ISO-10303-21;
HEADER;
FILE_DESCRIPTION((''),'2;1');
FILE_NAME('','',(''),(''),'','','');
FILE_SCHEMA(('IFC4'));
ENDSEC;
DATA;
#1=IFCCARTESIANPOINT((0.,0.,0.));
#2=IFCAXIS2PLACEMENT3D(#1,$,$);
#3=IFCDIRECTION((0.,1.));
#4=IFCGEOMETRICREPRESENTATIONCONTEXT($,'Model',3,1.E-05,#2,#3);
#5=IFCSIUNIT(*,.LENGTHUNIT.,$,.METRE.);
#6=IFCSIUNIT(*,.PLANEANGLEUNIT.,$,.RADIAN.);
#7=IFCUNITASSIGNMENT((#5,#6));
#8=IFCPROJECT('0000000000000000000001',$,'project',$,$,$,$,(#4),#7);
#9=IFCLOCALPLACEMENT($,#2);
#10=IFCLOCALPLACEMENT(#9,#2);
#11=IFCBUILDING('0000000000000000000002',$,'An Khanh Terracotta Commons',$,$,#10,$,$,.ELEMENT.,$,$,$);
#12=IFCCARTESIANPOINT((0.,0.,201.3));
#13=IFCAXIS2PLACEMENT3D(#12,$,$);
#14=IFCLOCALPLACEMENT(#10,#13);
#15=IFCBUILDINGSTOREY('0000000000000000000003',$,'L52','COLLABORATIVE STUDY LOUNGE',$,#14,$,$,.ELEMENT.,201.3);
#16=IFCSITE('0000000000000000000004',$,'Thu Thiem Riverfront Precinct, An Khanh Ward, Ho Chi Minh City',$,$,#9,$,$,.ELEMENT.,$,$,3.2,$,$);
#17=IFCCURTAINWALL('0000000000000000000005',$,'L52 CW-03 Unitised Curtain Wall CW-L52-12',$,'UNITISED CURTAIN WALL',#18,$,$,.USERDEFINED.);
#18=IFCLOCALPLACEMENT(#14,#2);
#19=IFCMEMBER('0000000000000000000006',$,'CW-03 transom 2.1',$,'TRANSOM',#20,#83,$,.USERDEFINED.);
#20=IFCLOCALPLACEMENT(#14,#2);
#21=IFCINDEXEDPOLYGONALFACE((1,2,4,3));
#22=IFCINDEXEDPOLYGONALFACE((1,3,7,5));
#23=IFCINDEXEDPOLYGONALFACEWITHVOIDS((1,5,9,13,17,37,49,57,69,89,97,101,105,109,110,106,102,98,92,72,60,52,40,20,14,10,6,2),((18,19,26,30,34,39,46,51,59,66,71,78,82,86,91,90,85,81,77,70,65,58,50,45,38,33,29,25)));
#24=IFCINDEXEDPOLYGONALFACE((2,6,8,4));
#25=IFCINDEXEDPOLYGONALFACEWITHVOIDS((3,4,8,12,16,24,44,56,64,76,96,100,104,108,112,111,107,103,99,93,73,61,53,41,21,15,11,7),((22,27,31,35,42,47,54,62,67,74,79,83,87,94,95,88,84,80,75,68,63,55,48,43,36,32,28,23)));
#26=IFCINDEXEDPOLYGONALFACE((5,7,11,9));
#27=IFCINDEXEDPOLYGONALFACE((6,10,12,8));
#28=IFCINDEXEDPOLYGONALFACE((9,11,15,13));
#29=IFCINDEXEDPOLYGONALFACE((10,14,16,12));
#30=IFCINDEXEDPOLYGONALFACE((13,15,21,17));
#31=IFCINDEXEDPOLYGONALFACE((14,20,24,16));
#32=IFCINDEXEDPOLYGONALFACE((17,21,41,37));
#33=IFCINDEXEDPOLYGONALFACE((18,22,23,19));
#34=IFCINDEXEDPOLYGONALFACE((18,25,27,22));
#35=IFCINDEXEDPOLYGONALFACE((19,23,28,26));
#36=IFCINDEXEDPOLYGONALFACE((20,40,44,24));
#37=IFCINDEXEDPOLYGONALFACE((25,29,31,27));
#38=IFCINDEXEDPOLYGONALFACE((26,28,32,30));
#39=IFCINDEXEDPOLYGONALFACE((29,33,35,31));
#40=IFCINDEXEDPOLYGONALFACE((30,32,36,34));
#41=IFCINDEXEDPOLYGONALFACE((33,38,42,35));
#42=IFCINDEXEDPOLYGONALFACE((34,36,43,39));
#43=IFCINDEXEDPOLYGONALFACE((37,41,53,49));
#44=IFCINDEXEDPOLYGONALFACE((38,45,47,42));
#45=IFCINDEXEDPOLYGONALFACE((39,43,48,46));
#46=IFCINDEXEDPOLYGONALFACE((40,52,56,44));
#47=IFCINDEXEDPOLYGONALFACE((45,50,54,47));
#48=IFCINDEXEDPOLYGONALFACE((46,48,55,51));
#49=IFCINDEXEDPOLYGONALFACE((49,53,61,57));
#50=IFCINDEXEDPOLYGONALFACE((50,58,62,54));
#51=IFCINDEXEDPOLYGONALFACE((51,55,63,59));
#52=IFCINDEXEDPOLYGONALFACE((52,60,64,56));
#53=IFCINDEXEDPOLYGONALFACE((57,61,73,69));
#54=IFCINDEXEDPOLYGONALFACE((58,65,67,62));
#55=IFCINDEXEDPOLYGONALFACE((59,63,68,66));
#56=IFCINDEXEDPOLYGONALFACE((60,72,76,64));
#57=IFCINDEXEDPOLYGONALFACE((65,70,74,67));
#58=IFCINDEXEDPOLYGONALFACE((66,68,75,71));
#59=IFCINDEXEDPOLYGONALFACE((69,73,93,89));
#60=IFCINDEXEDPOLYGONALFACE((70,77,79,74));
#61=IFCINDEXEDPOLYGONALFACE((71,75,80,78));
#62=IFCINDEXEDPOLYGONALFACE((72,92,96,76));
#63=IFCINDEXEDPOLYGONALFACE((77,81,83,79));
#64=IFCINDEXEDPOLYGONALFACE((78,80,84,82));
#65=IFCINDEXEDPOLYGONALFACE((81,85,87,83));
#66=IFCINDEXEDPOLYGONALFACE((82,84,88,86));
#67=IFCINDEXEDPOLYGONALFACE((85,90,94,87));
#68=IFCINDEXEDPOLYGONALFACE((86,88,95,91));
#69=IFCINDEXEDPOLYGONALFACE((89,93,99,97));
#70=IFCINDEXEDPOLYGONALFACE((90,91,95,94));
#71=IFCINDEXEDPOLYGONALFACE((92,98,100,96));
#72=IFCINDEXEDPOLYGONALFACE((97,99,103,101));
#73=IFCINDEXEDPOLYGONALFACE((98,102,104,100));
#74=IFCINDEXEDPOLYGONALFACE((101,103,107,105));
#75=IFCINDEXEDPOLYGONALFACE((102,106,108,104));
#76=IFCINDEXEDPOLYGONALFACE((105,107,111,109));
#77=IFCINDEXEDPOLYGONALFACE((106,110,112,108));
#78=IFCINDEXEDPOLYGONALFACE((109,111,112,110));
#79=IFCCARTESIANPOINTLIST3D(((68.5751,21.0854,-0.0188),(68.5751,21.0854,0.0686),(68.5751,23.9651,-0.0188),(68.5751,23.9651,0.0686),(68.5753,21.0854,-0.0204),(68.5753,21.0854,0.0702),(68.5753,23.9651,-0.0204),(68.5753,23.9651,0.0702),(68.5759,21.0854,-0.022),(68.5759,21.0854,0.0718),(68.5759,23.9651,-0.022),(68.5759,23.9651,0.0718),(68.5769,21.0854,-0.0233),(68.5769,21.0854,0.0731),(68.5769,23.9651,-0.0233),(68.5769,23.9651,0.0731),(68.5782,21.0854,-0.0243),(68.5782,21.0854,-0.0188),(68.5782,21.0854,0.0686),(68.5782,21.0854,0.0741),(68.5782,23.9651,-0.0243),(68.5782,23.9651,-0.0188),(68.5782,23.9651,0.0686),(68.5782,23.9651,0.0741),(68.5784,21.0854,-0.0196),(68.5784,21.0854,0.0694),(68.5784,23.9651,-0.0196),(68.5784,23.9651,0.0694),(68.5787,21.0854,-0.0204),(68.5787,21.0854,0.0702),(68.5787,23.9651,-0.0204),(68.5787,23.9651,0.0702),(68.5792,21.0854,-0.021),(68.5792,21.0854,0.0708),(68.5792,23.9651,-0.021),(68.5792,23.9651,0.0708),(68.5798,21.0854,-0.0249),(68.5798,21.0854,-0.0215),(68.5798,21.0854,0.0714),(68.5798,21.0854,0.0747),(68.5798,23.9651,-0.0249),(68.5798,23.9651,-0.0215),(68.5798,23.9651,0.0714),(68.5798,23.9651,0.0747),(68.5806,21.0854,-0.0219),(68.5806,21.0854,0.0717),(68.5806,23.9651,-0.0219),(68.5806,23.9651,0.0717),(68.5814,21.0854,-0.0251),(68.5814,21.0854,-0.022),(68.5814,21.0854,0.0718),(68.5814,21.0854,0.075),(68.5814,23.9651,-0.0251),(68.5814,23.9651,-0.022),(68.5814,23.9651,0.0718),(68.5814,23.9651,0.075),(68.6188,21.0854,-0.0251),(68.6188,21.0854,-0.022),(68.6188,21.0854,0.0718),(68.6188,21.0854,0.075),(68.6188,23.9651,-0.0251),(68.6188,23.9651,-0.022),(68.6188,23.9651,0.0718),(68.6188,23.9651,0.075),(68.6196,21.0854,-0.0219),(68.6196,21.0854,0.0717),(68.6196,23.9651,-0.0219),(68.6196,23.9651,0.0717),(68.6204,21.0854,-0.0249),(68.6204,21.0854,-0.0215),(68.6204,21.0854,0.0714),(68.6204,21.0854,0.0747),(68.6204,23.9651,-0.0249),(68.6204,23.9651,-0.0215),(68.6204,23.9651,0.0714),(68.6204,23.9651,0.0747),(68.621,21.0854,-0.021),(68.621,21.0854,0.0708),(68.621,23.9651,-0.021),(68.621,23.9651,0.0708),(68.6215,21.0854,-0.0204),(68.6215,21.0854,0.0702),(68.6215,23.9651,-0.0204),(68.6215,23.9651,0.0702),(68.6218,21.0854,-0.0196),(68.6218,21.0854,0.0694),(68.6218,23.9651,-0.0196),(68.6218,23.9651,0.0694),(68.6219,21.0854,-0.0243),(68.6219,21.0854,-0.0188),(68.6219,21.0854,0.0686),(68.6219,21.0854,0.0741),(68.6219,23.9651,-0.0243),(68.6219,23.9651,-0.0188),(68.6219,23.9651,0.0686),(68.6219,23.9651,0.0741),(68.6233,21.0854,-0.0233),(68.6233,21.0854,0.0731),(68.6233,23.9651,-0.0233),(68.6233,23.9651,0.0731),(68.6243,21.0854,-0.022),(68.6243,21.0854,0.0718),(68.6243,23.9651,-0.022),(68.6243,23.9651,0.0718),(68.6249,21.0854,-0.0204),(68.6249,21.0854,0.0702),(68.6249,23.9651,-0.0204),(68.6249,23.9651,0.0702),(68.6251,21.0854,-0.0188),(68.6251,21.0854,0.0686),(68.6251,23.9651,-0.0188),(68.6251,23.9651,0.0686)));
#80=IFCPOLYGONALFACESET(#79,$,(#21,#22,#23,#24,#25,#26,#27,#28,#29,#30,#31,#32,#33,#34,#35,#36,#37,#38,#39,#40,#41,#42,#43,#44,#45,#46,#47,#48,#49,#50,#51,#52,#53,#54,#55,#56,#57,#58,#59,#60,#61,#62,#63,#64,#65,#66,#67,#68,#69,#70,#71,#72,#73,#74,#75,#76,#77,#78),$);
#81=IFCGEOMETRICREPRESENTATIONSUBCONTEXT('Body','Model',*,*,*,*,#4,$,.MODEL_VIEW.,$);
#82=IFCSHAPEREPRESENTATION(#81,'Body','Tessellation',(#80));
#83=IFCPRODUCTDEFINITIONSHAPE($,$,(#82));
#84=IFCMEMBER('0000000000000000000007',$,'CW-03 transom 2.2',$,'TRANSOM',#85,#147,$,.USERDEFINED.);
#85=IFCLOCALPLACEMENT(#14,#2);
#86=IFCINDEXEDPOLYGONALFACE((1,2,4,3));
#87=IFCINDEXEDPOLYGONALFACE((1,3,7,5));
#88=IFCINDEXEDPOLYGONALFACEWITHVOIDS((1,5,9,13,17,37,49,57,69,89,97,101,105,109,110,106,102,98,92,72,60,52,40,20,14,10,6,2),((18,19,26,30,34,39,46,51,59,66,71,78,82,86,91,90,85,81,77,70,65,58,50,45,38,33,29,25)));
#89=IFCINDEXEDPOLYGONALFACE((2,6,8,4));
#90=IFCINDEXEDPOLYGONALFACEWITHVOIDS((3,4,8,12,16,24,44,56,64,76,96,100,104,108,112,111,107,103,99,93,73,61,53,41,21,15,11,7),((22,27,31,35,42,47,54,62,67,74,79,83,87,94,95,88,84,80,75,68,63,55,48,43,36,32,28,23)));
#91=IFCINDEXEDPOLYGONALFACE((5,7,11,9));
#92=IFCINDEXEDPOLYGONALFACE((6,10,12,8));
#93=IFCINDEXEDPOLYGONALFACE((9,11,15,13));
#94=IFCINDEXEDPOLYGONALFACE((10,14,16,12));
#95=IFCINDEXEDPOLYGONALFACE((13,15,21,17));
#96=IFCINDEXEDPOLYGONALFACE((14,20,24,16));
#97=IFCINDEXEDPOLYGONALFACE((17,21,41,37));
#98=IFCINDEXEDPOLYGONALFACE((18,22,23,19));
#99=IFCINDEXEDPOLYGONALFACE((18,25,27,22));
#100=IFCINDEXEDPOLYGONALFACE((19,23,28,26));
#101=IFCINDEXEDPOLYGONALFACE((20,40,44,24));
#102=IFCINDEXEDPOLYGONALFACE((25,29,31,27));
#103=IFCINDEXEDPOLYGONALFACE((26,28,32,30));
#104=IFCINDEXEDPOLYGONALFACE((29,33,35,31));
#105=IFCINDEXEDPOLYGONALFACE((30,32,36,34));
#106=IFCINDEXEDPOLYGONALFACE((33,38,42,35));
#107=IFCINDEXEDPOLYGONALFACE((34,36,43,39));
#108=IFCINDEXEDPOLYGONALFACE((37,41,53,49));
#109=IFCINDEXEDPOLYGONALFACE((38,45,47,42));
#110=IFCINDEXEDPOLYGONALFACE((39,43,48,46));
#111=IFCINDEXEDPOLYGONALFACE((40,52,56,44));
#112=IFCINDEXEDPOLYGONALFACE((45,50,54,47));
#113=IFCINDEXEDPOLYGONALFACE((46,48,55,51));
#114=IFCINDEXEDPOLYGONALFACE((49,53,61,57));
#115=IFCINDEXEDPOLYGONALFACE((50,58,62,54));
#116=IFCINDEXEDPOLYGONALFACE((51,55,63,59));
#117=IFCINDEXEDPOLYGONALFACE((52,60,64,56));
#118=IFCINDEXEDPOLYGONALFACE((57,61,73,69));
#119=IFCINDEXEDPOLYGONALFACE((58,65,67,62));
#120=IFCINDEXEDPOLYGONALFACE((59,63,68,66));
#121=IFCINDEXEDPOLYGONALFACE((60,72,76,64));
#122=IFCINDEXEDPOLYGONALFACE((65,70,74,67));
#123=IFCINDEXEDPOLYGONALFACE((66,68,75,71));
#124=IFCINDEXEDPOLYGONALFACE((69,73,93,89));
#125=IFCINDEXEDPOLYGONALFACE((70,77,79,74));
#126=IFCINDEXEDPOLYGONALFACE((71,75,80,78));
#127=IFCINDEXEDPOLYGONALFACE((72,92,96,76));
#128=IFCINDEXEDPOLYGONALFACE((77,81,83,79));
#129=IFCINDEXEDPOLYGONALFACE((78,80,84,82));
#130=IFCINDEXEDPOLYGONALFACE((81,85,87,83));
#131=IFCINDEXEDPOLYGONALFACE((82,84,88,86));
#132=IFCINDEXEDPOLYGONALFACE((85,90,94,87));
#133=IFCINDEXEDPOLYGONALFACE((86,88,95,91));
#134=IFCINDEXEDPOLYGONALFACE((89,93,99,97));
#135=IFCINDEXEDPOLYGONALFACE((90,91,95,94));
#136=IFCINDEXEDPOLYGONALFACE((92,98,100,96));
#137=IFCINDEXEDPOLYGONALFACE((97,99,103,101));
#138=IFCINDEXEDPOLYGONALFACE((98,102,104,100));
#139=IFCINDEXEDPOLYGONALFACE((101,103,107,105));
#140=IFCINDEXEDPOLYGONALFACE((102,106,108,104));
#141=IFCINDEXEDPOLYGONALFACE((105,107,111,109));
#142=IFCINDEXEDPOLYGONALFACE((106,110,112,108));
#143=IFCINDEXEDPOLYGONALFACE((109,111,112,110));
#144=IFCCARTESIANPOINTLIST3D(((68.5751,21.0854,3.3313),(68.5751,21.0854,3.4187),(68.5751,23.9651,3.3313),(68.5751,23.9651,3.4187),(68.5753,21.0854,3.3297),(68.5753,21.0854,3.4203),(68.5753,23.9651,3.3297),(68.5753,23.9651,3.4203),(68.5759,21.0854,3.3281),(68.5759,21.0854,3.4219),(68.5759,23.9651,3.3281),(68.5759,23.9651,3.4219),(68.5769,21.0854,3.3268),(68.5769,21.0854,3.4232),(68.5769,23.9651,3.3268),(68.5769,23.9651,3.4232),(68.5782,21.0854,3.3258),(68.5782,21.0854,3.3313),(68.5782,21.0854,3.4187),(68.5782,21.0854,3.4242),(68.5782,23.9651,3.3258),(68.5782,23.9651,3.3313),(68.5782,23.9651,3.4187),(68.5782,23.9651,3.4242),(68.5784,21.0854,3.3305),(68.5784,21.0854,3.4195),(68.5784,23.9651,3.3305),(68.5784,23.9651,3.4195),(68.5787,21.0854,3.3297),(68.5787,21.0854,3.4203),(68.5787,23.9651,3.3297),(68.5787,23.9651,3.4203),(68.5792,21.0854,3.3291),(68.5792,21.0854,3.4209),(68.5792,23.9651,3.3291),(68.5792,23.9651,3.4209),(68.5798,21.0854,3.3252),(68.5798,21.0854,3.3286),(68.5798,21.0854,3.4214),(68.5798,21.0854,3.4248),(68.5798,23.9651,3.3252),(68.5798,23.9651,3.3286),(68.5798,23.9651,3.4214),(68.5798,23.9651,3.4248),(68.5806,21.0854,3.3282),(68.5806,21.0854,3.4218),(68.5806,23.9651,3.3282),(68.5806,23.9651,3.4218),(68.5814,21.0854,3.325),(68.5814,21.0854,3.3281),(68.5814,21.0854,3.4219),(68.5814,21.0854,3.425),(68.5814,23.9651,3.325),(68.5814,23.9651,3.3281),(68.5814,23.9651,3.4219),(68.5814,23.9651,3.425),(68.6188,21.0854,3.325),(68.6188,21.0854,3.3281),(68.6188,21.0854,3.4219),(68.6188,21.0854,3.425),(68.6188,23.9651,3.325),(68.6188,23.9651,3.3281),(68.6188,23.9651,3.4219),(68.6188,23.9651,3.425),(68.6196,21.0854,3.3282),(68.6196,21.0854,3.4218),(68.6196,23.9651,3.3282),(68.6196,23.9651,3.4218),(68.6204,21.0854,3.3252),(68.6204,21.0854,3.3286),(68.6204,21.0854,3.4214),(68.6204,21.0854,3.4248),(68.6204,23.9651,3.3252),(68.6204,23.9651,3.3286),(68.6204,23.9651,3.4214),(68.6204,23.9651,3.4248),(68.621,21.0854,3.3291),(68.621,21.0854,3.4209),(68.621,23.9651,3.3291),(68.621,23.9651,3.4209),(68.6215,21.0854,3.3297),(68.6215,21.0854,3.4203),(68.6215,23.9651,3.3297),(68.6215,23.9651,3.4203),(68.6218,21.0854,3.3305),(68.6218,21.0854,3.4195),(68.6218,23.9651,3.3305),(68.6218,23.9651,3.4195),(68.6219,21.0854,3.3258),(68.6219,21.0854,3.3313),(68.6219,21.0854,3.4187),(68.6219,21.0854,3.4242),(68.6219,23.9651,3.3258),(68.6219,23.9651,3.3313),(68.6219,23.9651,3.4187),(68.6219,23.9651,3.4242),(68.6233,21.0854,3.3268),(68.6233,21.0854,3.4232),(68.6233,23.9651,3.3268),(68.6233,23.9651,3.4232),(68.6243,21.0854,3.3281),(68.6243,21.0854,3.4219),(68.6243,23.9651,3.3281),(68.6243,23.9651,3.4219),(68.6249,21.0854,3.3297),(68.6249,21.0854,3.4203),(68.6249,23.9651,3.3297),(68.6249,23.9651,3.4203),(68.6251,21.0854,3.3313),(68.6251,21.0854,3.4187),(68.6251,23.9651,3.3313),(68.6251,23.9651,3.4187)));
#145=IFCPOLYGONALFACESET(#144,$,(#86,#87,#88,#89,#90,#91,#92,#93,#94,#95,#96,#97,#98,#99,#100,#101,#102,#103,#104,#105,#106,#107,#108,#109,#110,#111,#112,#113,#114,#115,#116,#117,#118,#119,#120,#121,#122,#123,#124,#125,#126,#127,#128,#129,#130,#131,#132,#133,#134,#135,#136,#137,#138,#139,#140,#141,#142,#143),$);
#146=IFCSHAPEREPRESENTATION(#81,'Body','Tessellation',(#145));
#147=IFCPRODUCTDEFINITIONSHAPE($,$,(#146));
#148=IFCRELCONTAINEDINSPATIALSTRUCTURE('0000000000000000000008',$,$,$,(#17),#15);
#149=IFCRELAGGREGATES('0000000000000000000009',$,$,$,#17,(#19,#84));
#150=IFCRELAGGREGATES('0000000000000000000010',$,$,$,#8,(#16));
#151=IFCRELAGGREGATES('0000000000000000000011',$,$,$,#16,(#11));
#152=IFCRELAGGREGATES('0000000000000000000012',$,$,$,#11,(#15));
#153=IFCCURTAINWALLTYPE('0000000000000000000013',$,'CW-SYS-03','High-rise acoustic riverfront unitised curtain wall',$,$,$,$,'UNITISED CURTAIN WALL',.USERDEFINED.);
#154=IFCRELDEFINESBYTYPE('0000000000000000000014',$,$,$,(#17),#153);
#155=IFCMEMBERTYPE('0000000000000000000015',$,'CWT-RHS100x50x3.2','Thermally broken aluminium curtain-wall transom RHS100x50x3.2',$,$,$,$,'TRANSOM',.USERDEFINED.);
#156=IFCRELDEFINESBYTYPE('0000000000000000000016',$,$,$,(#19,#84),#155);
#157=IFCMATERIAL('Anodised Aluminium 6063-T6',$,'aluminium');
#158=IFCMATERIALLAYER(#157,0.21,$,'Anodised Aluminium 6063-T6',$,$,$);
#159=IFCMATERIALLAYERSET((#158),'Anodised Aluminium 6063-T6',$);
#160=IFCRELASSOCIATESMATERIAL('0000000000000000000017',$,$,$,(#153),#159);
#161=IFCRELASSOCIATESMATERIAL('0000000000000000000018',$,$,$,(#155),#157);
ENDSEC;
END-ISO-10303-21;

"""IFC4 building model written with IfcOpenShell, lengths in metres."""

from ifc_helpers import new_model, si_unit, direction, frame, origin, origin_2d, place, context, subcontext, project, spatial, hollow_rectangle, extrude, material, layer, layer_set, material_profile, profile_set, type_object, element, aggregate, save


model = new_model("IFC4")

# Units and contexts
model_context = context("Model", 3, precision=1e-05, world=origin(), true_north=direction((0.0, 1.0)))
body_context = subcontext(model_context, "Body", "Model", "MODEL_VIEW")
ifc_project = project(units=[si_unit("LENGTHUNIT", "METRE"), si_unit("PLANEANGLEUNIT", "RADIAN")], contexts=[model_context])

# Site, building, storey
site_placement = place(None, origin())
site = spatial("IfcSite", under=ifc_project, at=site_placement, Name="Thu Thiem Riverfront Precinct, An Khanh Ward, Ho Chi Minh City", CompositionType="ELEMENT", RefElevation=3.2)
building_placement = place(site_placement, origin())
building = spatial("IfcBuilding", under=site, at=building_placement, Name="An Khanh Terracotta Commons", CompositionType="ELEMENT")
storey_placement = place(building_placement, frame((0.0, 0.0, 201.3)))
storey = spatial("IfcBuildingStorey", under=building, at=storey_placement, Name="L52", Description="COLLABORATIVE STUDY LOUNGE", CompositionType="ELEMENT", Elevation=201.3)

# Curtain wall
ifc_material_1 = material(Name="Anodised Aluminium 6063-T6", Category="aluminium")
ifc_layer_1 = layer(ifc_material_1, 0.21, Name="Anodised Aluminium 6063-T6")
ifc_layer_set_1 = layer_set([ifc_layer_1], Name="Anodised Aluminium 6063-T6")
curtain_wall_type = type_object("IfcCurtainWallType", Name="CW-SYS-03", Description="High-rise acoustic riverfront unitised curtain wall", ElementType="UNITISED CURTAIN WALL", PredefinedType="USERDEFINED", material=ifc_layer_set_1)
curtain_wall_1_placement = place(storey_placement, origin())
curtain_wall_1 = element("IfcCurtainWall", 1, at=curtain_wall_1_placement, inside=storey, type_object=curtain_wall_type, Name="L52 CW-03 Unitised Curtain Wall CW-L52-12", ObjectType="UNITISED CURTAIN WALL", PredefinedType="USERDEFINED")

# Members
ifc_material_profile_1 = material_profile(ifc_material_1, hollow_rectangle(XDim=0.05, YDim=0.1001, WallThickness=0.0032, InnerFilletRadius=0.0032, OuterFilletRadius=0.0063, at=origin_2d()), Name="RHS100x50x3.2")
ifc_profile_set_1 = profile_set([ifc_material_profile_1], Name="Anodised Aluminium 6063-T6")
member_type_1 = type_object("IfcMemberType", Name="CWT-RHS100x50x3.2", Description="Thermally broken aluminium curtain-wall transom RHS100x50x3.2", ElementType="TRANSOM", PredefinedType="USERDEFINED", material=ifc_profile_set_1)
member_1_placement = place(storey_placement, frame((68.6001, 21.0854, 0.0249), z_axis=(0.0, 1.0, 0.0), x_axis=(-1.0, 0.0, 0.0)))
member_1 = element("IfcMember", 2, at=member_1_placement, type_object=member_type_1, Name="CW-03 transom 2.1", ObjectType="TRANSOM", PredefinedType="USERDEFINED", context=body_context, shape_type="SweptSolid", body=[
    extrude(hollow_rectangle(XDim=0.05, YDim=0.1001, WallThickness=0.0032, InnerFilletRadius=0.0032, OuterFilletRadius=0.0063, at=origin_2d()), origin(), (0.0, 0.0, 1.0), 2.8796),
])
member_2_placement = place(storey_placement, frame((68.6001, 21.0854, 3.375), z_axis=(0.0, 1.0, 0.0), x_axis=(-1.0, 0.0, 0.0)))
member_2 = element("IfcMember", 3, at=member_2_placement, type_object=member_type_1, Name="CW-03 transom 2.2", ObjectType="TRANSOM", PredefinedType="USERDEFINED", context=body_context, shape_type="SweptSolid", body=[
    extrude(hollow_rectangle(XDim=0.05, YDim=0.1001, WallThickness=0.0032, InnerFilletRadius=0.0032, OuterFilletRadius=0.0063, at=origin_2d()), origin(), (0.0, 0.0, 1.0), 2.8796),
])

aggregate(curtain_wall_1, [member_1, member_2])

save(model, "model.ifc")
